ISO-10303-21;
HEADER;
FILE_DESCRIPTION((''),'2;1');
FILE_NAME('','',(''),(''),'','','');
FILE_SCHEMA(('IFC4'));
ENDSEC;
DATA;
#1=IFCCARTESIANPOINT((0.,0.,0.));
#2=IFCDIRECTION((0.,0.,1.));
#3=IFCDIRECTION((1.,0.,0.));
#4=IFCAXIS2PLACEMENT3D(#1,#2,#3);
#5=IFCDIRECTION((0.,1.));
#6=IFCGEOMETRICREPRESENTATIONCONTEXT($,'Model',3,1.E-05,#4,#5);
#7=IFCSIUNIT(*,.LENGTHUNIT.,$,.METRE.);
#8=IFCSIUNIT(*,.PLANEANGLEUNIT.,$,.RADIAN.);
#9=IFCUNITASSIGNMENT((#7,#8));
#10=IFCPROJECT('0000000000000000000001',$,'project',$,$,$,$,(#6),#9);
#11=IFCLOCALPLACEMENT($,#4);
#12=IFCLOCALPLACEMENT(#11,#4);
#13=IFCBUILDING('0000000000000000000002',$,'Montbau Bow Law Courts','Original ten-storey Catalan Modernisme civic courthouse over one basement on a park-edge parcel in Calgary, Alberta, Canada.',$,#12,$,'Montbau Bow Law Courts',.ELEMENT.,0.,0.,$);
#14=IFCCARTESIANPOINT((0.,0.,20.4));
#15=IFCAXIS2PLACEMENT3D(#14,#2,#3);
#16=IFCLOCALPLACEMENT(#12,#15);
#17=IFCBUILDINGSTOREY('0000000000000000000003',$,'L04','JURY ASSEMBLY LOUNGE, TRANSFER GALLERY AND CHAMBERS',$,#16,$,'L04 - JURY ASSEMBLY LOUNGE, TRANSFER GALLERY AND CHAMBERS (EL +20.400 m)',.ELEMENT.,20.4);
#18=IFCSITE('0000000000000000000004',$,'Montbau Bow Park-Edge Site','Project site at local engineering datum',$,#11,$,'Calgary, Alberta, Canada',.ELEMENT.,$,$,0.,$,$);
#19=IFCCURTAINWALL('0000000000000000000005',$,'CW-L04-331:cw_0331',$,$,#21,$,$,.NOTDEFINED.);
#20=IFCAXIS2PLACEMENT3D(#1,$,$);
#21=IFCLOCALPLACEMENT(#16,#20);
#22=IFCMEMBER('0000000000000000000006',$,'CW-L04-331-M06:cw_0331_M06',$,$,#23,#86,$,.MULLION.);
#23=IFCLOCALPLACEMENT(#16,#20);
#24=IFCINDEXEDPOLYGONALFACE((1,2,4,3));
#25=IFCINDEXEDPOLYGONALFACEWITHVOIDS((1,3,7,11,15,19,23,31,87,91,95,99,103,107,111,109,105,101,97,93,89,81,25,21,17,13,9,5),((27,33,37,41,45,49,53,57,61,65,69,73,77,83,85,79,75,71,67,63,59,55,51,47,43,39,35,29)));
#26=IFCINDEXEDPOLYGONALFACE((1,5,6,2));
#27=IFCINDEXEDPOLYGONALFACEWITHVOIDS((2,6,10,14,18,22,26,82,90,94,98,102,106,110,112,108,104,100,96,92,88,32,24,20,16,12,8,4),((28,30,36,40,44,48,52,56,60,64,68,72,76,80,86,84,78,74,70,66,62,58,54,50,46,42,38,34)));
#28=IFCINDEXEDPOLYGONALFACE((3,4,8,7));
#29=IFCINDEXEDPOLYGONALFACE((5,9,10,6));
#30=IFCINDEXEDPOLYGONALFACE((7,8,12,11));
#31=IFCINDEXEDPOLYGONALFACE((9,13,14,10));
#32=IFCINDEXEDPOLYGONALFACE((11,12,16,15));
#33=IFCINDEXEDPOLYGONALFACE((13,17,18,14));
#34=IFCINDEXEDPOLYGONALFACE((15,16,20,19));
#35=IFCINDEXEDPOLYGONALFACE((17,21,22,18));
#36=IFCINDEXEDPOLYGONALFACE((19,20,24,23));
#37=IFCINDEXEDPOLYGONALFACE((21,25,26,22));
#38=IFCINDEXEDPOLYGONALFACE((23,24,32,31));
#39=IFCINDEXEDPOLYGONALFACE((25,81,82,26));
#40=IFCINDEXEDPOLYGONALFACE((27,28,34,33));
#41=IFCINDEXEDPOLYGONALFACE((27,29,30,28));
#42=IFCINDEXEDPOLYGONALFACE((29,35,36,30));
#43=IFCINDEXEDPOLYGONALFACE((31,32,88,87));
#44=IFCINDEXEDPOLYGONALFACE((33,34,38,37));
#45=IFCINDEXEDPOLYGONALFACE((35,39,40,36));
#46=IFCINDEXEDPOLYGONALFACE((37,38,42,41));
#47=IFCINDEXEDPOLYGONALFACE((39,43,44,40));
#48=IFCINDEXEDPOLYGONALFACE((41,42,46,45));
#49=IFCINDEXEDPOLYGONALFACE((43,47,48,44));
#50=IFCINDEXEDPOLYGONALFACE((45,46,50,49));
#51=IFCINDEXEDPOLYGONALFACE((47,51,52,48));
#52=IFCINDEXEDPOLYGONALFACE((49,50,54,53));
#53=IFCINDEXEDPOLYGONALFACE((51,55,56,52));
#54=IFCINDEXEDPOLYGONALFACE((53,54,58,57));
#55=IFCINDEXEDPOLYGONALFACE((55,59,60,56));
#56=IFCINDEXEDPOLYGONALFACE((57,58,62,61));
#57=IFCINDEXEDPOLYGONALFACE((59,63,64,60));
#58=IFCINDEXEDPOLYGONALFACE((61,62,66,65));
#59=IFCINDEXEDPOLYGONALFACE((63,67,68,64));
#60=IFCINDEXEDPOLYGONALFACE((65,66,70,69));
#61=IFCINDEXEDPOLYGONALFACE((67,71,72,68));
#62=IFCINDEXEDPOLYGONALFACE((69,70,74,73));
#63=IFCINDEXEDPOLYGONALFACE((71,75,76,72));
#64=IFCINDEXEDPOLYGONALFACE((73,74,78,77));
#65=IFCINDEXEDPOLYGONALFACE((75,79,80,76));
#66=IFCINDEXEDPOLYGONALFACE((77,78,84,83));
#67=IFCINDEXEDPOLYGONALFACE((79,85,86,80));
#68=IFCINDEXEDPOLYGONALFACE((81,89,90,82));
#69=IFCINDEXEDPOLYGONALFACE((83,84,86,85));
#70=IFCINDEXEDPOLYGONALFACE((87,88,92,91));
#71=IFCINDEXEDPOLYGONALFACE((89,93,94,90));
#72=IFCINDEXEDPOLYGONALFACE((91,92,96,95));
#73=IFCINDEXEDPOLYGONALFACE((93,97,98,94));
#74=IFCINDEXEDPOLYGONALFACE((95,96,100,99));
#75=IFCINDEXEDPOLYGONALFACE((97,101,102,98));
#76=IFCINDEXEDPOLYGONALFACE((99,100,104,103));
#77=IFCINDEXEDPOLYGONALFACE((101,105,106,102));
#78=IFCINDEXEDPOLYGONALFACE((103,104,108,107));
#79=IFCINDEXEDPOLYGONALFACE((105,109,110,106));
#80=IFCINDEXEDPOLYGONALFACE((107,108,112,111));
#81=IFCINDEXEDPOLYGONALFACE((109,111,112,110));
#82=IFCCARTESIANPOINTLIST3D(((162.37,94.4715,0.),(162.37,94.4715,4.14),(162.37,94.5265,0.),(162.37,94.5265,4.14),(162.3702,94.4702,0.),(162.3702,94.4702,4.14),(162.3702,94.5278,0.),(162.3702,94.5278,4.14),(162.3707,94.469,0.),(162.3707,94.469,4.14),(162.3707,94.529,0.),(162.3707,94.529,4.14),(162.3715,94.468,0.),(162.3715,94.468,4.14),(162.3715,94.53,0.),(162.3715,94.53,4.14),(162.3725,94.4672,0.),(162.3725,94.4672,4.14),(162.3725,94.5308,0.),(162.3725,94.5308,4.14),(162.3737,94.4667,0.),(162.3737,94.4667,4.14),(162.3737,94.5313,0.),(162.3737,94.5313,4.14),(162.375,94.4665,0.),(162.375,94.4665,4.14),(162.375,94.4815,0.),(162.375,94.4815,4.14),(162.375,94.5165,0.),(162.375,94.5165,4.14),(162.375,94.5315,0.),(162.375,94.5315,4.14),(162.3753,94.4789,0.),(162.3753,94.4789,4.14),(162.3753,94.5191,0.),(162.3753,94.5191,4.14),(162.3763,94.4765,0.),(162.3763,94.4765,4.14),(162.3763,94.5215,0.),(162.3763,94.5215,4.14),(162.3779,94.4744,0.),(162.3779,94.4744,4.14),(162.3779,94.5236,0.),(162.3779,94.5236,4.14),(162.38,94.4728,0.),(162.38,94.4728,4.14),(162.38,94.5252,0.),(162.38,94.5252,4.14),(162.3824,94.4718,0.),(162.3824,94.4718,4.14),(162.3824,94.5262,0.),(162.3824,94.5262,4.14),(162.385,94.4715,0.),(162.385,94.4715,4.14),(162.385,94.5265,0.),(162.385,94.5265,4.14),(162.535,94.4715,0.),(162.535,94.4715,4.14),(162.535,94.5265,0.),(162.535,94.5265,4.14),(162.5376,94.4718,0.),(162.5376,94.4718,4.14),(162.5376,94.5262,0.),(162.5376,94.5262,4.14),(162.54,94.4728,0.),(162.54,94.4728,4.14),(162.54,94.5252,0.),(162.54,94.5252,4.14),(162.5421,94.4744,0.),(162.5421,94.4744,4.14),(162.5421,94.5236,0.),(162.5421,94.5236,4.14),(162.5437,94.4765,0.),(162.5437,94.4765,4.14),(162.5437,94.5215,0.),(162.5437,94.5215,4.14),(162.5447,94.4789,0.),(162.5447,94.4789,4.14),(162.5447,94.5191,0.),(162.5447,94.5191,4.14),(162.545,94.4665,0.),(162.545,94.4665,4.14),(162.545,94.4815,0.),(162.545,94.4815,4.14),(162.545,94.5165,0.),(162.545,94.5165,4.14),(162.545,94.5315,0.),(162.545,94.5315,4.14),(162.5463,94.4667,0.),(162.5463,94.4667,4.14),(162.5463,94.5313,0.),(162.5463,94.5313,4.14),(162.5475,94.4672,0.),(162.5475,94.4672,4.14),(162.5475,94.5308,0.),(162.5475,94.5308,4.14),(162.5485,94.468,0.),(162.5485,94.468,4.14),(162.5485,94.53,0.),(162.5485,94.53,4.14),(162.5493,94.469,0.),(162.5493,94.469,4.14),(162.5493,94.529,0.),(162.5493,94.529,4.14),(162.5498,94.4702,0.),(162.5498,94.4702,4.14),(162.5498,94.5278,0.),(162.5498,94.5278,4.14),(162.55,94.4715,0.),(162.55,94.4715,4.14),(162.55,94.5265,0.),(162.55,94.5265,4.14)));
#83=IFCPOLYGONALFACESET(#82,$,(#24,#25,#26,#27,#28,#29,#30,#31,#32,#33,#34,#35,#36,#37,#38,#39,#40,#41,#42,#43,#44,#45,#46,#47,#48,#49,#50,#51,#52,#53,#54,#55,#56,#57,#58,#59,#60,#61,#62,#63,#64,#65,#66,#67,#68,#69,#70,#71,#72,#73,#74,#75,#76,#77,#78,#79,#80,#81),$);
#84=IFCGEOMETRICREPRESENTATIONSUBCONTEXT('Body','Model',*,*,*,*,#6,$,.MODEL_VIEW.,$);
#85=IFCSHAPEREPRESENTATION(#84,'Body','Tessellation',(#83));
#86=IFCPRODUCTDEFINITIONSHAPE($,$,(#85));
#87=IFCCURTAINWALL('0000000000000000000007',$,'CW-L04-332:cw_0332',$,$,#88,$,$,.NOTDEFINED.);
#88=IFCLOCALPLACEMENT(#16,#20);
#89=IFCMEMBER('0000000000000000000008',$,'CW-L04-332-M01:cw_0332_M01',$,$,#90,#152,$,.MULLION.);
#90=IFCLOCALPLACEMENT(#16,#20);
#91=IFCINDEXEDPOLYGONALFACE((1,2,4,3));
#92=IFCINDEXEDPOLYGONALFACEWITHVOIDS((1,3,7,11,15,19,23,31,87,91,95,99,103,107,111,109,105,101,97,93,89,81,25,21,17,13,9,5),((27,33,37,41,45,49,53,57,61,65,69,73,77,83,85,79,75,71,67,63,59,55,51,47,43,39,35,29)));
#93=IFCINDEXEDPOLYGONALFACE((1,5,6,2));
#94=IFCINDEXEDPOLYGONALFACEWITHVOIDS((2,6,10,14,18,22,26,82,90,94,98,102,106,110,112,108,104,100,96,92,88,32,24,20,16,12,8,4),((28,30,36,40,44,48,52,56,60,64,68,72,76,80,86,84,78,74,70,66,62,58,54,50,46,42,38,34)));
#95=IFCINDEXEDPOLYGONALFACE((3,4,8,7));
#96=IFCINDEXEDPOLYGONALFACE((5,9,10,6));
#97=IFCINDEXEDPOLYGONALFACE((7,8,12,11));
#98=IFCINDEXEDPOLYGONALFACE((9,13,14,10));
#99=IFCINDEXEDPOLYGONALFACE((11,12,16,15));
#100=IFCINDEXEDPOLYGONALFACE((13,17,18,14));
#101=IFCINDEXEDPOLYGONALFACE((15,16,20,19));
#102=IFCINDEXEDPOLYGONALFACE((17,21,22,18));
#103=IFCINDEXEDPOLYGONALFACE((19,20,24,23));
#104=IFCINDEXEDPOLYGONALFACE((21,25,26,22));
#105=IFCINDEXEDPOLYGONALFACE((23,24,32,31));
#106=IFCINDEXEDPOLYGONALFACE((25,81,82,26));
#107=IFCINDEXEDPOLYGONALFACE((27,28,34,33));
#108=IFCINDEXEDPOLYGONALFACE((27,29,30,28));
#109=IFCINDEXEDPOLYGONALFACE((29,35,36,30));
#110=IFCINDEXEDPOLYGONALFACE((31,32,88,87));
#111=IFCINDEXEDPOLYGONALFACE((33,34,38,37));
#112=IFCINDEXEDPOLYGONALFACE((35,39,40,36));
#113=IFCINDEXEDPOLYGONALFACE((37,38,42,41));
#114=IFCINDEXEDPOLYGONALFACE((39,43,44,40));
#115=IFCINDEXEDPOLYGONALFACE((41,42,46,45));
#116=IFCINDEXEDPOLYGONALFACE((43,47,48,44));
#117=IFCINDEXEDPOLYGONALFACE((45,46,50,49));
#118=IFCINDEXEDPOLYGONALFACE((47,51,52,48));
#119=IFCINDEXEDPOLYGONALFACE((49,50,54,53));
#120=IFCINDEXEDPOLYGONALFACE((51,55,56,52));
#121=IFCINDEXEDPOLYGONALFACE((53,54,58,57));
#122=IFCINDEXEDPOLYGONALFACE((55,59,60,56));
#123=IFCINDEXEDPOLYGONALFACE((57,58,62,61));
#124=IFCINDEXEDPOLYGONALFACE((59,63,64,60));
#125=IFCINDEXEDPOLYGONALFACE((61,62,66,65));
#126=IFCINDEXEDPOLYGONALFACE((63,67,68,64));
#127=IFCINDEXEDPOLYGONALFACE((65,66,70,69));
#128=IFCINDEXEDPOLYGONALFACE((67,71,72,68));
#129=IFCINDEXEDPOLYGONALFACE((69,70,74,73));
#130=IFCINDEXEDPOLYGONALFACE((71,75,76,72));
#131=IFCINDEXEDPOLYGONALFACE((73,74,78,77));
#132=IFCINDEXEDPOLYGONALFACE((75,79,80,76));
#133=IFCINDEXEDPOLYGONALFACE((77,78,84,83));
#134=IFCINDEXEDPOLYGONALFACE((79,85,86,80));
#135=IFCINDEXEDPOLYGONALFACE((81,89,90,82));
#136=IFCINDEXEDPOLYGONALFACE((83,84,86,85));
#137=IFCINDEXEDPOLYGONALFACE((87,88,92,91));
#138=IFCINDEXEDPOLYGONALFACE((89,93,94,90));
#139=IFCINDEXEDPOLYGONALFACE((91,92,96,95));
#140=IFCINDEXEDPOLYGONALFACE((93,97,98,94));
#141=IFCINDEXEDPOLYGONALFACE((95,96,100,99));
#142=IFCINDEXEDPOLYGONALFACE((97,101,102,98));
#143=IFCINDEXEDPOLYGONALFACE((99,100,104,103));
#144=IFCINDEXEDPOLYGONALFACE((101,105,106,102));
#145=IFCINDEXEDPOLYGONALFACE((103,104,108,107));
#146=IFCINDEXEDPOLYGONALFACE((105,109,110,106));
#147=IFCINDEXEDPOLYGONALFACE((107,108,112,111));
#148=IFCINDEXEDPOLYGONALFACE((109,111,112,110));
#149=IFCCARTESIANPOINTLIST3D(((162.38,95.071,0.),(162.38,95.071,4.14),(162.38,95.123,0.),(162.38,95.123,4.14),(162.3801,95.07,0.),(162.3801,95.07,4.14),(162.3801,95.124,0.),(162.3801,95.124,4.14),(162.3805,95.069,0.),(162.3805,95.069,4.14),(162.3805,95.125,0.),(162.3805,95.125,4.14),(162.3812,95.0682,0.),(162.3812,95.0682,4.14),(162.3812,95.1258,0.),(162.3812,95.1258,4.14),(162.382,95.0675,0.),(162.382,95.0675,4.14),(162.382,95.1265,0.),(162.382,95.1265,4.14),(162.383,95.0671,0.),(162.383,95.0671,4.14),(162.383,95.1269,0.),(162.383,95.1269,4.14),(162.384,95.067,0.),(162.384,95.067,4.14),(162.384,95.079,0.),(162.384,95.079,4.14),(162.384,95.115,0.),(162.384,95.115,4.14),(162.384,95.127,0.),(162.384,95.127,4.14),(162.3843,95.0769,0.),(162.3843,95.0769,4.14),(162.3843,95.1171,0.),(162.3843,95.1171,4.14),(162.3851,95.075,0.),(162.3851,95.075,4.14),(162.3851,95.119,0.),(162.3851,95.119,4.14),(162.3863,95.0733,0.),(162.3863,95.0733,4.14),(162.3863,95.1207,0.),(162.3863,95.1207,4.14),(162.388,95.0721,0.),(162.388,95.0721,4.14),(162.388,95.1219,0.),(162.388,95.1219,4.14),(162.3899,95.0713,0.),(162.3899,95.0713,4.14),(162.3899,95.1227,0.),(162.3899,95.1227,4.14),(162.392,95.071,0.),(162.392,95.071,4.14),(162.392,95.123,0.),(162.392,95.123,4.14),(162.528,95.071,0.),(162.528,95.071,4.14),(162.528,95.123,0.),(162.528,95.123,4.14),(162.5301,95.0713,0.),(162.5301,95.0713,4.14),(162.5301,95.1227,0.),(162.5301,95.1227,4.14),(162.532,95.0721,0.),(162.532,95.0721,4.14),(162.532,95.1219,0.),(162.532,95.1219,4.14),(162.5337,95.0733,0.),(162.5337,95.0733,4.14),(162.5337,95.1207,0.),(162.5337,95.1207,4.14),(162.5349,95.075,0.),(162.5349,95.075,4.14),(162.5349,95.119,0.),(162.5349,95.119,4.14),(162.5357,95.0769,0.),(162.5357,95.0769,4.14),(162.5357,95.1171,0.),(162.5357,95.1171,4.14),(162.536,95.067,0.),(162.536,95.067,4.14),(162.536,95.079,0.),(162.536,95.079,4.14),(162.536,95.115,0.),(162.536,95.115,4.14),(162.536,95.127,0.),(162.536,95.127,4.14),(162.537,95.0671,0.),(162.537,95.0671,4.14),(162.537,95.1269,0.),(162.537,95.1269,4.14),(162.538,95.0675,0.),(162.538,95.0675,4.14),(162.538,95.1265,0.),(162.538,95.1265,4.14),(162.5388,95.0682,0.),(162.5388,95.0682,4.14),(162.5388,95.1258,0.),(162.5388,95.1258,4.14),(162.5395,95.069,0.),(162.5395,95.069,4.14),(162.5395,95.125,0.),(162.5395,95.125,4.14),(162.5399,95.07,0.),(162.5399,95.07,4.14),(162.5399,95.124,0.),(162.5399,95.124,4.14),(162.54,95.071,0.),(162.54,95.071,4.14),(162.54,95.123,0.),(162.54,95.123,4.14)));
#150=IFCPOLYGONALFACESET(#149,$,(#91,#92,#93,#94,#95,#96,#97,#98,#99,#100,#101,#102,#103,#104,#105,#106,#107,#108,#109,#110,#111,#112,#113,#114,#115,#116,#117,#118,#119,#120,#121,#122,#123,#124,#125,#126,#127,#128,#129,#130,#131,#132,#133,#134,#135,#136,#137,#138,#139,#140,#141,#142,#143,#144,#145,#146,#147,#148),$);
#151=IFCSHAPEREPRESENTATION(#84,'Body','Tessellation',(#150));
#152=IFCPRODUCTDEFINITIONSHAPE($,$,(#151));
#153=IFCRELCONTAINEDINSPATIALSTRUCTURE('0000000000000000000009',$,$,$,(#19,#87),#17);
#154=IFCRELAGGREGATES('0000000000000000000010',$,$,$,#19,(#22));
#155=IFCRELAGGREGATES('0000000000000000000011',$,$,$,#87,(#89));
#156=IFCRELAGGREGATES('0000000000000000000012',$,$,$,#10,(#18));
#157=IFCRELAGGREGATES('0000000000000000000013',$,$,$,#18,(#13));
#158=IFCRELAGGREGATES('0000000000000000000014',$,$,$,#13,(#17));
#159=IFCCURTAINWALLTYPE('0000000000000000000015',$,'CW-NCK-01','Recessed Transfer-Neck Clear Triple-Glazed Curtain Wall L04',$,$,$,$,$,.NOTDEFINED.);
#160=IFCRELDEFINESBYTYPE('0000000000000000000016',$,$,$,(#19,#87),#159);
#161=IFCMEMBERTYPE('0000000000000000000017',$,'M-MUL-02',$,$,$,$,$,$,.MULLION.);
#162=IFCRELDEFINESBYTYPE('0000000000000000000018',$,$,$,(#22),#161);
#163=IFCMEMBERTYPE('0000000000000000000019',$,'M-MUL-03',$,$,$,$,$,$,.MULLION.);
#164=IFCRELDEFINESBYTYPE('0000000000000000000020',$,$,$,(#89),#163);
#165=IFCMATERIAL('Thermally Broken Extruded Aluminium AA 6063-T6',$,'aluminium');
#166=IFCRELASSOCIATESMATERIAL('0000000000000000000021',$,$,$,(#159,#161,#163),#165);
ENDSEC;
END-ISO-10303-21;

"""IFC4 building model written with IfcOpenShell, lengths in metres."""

from ifc_helpers import new_model, si_unit, direction, frame, origin_with_axes, origin_2d_with_axis, place, context, subcontext, project, spatial, hollow_rectangle, extrude, material, material_profile, profile_set, type_object, element, aggregate, save


model = new_model("IFC4")

# Units and contexts
model_context = context("Model", 3, precision=1e-05, world=origin_with_axes(), true_north=direction((0.0, 1.0)))
body_context = subcontext(model_context, "Body", "Model", "MODEL_VIEW")
ifc_project = project(units=[si_unit("LENGTHUNIT", "METRE"), si_unit("PLANEANGLEUNIT", "RADIAN")], contexts=[model_context])

# Site, building, storey
site_placement = place(None, origin_with_axes())
site = spatial("IfcSite", under=ifc_project, at=site_placement, Name="Montbau Bow Park-Edge Site", Description="Project site at local engineering datum", LongName="Calgary, Alberta, Canada", CompositionType="ELEMENT", RefElevation=0.0)
building_placement = place(site_placement, origin_with_axes())
building = spatial("IfcBuilding", under=site, at=building_placement, Name="Montbau Bow Law Courts", Description="Original ten-storey Catalan Modernisme civic courthouse over one basement on a park-edge parcel in Calgary, Alberta, Canada.", LongName="Montbau Bow Law Courts", CompositionType="ELEMENT", ElevationOfRefHeight=0.0, ElevationOfTerrain=0.0)
storey_placement = place(building_placement, frame((0.0, 0.0, 20.4), z_axis=(0.0, 0.0, 1.0), x_axis=(1.0, 0.0, 0.0)))
storey = spatial("IfcBuildingStorey", under=building, at=storey_placement, Name="L04", Description="JURY ASSEMBLY LOUNGE, TRANSFER GALLERY AND CHAMBERS", LongName="L04 - JURY ASSEMBLY LOUNGE, TRANSFER GALLERY AND CHAMBERS (EL +20.400 m)", CompositionType="ELEMENT", Elevation=20.4)

# Curtain walls, members
ifc_material_1 = material(Name="Thermally Broken Extruded Aluminium AA 6063-T6", Category="aluminium")
curtain_wall_type = type_object("IfcCurtainWallType", Name="CW-NCK-01", Description="Recessed Transfer-Neck Clear Triple-Glazed Curtain Wall L04", PredefinedType="NOTDEFINED", material=ifc_material_1)
curtain_wall_1_placement = place(None, frame((162.46, 86.668, 20.4), z_axis=(0.0, 0.0, 1.0), x_axis=(1.0, 0.0, 0.0)))
curtain_wall_1 = element("IfcCurtainWall", 1, at=curtain_wall_1_placement, inside=storey, type_object=curtain_wall_type, Name="CW-L04-331:cw_0331", PredefinedType="NOTDEFINED")
ifc_material_profile_1 = material_profile(ifc_material_1, hollow_rectangle(XDim=0.065, YDim=0.18, WallThickness=0.005, InnerFilletRadius=0.01, OuterFilletRadius=0.005, at=origin_2d_with_axis()), Name="CWM-180X65", Category="Main", Priority=0)
ifc_profile_set_1 = profile_set([ifc_material_profile_1], Name="Thermally Broken Extruded Aluminium AA 6063-T6")
member_type_1 = type_object("IfcMemberType", Name="M-MUL-02", PredefinedType="MULLION", material=ifc_profile_set_1)
member_1_placement = place(None, frame((162.46, 94.499, 20.4), z_axis=(0.0, 0.0, 1.0), x_axis=(0.0, 1.0, 0.0)))
member_1 = element("IfcMember", 2, at=member_1_placement, type_object=member_type_1, Name="CW-L04-331-M06:cw_0331_M06", PredefinedType="MULLION", context=body_context, shape_type="SweptSolid", body=[
    extrude(hollow_rectangle(XDim=0.065, YDim=0.18, WallThickness=0.005, InnerFilletRadius=0.01, OuterFilletRadius=0.005, at=origin_2d_with_axis()), origin_with_axes(), (0.0, 0.0, 1.0), 4.14),
])
curtain_wall_2_placement = place(None, frame((162.46, 95.067, 20.4), z_axis=(0.0, 0.0, 1.0), x_axis=(1.0, 0.0, 0.0)))
curtain_wall_2 = element("IfcCurtainWall", 3, at=curtain_wall_2_placement, inside=storey, type_object=curtain_wall_type, Name="CW-L04-332:cw_0332", PredefinedType="NOTDEFINED")
ifc_material_profile_2 = material_profile(ifc_material_1, hollow_rectangle(XDim=0.06, YDim=0.16, WallThickness=0.004, InnerFilletRadius=0.008, OuterFilletRadius=0.004, at=origin_2d_with_axis()), Name="CWM-160X60", Category="Main", Priority=0)
ifc_profile_set_2 = profile_set([ifc_material_profile_2], Name="Thermally Broken Extruded Aluminium AA 6063-T6")
member_type_2 = type_object("IfcMemberType", Name="M-MUL-03", PredefinedType="MULLION", material=ifc_profile_set_2)
member_2_placement = place(None, frame((162.46, 95.097, 20.4), z_axis=(0.0, 0.0, 1.0), x_axis=(0.0, 1.0, 0.0)))
member_2 = element("IfcMember", 4, at=member_2_placement, type_object=member_type_2, Name="CW-L04-332-M01:cw_0332_M01", PredefinedType="MULLION", context=body_context, shape_type="SweptSolid", body=[
    extrude(hollow_rectangle(XDim=0.06, YDim=0.16, WallThickness=0.004, InnerFilletRadius=0.008, OuterFilletRadius=0.004, at=origin_2d_with_axis()), origin_with_axes(), (0.0, 0.0, 1.0), 4.14),
])

aggregate(curtain_wall_1, [member_1])
aggregate(curtain_wall_2, [member_2])

save(model, "model.ifc")
